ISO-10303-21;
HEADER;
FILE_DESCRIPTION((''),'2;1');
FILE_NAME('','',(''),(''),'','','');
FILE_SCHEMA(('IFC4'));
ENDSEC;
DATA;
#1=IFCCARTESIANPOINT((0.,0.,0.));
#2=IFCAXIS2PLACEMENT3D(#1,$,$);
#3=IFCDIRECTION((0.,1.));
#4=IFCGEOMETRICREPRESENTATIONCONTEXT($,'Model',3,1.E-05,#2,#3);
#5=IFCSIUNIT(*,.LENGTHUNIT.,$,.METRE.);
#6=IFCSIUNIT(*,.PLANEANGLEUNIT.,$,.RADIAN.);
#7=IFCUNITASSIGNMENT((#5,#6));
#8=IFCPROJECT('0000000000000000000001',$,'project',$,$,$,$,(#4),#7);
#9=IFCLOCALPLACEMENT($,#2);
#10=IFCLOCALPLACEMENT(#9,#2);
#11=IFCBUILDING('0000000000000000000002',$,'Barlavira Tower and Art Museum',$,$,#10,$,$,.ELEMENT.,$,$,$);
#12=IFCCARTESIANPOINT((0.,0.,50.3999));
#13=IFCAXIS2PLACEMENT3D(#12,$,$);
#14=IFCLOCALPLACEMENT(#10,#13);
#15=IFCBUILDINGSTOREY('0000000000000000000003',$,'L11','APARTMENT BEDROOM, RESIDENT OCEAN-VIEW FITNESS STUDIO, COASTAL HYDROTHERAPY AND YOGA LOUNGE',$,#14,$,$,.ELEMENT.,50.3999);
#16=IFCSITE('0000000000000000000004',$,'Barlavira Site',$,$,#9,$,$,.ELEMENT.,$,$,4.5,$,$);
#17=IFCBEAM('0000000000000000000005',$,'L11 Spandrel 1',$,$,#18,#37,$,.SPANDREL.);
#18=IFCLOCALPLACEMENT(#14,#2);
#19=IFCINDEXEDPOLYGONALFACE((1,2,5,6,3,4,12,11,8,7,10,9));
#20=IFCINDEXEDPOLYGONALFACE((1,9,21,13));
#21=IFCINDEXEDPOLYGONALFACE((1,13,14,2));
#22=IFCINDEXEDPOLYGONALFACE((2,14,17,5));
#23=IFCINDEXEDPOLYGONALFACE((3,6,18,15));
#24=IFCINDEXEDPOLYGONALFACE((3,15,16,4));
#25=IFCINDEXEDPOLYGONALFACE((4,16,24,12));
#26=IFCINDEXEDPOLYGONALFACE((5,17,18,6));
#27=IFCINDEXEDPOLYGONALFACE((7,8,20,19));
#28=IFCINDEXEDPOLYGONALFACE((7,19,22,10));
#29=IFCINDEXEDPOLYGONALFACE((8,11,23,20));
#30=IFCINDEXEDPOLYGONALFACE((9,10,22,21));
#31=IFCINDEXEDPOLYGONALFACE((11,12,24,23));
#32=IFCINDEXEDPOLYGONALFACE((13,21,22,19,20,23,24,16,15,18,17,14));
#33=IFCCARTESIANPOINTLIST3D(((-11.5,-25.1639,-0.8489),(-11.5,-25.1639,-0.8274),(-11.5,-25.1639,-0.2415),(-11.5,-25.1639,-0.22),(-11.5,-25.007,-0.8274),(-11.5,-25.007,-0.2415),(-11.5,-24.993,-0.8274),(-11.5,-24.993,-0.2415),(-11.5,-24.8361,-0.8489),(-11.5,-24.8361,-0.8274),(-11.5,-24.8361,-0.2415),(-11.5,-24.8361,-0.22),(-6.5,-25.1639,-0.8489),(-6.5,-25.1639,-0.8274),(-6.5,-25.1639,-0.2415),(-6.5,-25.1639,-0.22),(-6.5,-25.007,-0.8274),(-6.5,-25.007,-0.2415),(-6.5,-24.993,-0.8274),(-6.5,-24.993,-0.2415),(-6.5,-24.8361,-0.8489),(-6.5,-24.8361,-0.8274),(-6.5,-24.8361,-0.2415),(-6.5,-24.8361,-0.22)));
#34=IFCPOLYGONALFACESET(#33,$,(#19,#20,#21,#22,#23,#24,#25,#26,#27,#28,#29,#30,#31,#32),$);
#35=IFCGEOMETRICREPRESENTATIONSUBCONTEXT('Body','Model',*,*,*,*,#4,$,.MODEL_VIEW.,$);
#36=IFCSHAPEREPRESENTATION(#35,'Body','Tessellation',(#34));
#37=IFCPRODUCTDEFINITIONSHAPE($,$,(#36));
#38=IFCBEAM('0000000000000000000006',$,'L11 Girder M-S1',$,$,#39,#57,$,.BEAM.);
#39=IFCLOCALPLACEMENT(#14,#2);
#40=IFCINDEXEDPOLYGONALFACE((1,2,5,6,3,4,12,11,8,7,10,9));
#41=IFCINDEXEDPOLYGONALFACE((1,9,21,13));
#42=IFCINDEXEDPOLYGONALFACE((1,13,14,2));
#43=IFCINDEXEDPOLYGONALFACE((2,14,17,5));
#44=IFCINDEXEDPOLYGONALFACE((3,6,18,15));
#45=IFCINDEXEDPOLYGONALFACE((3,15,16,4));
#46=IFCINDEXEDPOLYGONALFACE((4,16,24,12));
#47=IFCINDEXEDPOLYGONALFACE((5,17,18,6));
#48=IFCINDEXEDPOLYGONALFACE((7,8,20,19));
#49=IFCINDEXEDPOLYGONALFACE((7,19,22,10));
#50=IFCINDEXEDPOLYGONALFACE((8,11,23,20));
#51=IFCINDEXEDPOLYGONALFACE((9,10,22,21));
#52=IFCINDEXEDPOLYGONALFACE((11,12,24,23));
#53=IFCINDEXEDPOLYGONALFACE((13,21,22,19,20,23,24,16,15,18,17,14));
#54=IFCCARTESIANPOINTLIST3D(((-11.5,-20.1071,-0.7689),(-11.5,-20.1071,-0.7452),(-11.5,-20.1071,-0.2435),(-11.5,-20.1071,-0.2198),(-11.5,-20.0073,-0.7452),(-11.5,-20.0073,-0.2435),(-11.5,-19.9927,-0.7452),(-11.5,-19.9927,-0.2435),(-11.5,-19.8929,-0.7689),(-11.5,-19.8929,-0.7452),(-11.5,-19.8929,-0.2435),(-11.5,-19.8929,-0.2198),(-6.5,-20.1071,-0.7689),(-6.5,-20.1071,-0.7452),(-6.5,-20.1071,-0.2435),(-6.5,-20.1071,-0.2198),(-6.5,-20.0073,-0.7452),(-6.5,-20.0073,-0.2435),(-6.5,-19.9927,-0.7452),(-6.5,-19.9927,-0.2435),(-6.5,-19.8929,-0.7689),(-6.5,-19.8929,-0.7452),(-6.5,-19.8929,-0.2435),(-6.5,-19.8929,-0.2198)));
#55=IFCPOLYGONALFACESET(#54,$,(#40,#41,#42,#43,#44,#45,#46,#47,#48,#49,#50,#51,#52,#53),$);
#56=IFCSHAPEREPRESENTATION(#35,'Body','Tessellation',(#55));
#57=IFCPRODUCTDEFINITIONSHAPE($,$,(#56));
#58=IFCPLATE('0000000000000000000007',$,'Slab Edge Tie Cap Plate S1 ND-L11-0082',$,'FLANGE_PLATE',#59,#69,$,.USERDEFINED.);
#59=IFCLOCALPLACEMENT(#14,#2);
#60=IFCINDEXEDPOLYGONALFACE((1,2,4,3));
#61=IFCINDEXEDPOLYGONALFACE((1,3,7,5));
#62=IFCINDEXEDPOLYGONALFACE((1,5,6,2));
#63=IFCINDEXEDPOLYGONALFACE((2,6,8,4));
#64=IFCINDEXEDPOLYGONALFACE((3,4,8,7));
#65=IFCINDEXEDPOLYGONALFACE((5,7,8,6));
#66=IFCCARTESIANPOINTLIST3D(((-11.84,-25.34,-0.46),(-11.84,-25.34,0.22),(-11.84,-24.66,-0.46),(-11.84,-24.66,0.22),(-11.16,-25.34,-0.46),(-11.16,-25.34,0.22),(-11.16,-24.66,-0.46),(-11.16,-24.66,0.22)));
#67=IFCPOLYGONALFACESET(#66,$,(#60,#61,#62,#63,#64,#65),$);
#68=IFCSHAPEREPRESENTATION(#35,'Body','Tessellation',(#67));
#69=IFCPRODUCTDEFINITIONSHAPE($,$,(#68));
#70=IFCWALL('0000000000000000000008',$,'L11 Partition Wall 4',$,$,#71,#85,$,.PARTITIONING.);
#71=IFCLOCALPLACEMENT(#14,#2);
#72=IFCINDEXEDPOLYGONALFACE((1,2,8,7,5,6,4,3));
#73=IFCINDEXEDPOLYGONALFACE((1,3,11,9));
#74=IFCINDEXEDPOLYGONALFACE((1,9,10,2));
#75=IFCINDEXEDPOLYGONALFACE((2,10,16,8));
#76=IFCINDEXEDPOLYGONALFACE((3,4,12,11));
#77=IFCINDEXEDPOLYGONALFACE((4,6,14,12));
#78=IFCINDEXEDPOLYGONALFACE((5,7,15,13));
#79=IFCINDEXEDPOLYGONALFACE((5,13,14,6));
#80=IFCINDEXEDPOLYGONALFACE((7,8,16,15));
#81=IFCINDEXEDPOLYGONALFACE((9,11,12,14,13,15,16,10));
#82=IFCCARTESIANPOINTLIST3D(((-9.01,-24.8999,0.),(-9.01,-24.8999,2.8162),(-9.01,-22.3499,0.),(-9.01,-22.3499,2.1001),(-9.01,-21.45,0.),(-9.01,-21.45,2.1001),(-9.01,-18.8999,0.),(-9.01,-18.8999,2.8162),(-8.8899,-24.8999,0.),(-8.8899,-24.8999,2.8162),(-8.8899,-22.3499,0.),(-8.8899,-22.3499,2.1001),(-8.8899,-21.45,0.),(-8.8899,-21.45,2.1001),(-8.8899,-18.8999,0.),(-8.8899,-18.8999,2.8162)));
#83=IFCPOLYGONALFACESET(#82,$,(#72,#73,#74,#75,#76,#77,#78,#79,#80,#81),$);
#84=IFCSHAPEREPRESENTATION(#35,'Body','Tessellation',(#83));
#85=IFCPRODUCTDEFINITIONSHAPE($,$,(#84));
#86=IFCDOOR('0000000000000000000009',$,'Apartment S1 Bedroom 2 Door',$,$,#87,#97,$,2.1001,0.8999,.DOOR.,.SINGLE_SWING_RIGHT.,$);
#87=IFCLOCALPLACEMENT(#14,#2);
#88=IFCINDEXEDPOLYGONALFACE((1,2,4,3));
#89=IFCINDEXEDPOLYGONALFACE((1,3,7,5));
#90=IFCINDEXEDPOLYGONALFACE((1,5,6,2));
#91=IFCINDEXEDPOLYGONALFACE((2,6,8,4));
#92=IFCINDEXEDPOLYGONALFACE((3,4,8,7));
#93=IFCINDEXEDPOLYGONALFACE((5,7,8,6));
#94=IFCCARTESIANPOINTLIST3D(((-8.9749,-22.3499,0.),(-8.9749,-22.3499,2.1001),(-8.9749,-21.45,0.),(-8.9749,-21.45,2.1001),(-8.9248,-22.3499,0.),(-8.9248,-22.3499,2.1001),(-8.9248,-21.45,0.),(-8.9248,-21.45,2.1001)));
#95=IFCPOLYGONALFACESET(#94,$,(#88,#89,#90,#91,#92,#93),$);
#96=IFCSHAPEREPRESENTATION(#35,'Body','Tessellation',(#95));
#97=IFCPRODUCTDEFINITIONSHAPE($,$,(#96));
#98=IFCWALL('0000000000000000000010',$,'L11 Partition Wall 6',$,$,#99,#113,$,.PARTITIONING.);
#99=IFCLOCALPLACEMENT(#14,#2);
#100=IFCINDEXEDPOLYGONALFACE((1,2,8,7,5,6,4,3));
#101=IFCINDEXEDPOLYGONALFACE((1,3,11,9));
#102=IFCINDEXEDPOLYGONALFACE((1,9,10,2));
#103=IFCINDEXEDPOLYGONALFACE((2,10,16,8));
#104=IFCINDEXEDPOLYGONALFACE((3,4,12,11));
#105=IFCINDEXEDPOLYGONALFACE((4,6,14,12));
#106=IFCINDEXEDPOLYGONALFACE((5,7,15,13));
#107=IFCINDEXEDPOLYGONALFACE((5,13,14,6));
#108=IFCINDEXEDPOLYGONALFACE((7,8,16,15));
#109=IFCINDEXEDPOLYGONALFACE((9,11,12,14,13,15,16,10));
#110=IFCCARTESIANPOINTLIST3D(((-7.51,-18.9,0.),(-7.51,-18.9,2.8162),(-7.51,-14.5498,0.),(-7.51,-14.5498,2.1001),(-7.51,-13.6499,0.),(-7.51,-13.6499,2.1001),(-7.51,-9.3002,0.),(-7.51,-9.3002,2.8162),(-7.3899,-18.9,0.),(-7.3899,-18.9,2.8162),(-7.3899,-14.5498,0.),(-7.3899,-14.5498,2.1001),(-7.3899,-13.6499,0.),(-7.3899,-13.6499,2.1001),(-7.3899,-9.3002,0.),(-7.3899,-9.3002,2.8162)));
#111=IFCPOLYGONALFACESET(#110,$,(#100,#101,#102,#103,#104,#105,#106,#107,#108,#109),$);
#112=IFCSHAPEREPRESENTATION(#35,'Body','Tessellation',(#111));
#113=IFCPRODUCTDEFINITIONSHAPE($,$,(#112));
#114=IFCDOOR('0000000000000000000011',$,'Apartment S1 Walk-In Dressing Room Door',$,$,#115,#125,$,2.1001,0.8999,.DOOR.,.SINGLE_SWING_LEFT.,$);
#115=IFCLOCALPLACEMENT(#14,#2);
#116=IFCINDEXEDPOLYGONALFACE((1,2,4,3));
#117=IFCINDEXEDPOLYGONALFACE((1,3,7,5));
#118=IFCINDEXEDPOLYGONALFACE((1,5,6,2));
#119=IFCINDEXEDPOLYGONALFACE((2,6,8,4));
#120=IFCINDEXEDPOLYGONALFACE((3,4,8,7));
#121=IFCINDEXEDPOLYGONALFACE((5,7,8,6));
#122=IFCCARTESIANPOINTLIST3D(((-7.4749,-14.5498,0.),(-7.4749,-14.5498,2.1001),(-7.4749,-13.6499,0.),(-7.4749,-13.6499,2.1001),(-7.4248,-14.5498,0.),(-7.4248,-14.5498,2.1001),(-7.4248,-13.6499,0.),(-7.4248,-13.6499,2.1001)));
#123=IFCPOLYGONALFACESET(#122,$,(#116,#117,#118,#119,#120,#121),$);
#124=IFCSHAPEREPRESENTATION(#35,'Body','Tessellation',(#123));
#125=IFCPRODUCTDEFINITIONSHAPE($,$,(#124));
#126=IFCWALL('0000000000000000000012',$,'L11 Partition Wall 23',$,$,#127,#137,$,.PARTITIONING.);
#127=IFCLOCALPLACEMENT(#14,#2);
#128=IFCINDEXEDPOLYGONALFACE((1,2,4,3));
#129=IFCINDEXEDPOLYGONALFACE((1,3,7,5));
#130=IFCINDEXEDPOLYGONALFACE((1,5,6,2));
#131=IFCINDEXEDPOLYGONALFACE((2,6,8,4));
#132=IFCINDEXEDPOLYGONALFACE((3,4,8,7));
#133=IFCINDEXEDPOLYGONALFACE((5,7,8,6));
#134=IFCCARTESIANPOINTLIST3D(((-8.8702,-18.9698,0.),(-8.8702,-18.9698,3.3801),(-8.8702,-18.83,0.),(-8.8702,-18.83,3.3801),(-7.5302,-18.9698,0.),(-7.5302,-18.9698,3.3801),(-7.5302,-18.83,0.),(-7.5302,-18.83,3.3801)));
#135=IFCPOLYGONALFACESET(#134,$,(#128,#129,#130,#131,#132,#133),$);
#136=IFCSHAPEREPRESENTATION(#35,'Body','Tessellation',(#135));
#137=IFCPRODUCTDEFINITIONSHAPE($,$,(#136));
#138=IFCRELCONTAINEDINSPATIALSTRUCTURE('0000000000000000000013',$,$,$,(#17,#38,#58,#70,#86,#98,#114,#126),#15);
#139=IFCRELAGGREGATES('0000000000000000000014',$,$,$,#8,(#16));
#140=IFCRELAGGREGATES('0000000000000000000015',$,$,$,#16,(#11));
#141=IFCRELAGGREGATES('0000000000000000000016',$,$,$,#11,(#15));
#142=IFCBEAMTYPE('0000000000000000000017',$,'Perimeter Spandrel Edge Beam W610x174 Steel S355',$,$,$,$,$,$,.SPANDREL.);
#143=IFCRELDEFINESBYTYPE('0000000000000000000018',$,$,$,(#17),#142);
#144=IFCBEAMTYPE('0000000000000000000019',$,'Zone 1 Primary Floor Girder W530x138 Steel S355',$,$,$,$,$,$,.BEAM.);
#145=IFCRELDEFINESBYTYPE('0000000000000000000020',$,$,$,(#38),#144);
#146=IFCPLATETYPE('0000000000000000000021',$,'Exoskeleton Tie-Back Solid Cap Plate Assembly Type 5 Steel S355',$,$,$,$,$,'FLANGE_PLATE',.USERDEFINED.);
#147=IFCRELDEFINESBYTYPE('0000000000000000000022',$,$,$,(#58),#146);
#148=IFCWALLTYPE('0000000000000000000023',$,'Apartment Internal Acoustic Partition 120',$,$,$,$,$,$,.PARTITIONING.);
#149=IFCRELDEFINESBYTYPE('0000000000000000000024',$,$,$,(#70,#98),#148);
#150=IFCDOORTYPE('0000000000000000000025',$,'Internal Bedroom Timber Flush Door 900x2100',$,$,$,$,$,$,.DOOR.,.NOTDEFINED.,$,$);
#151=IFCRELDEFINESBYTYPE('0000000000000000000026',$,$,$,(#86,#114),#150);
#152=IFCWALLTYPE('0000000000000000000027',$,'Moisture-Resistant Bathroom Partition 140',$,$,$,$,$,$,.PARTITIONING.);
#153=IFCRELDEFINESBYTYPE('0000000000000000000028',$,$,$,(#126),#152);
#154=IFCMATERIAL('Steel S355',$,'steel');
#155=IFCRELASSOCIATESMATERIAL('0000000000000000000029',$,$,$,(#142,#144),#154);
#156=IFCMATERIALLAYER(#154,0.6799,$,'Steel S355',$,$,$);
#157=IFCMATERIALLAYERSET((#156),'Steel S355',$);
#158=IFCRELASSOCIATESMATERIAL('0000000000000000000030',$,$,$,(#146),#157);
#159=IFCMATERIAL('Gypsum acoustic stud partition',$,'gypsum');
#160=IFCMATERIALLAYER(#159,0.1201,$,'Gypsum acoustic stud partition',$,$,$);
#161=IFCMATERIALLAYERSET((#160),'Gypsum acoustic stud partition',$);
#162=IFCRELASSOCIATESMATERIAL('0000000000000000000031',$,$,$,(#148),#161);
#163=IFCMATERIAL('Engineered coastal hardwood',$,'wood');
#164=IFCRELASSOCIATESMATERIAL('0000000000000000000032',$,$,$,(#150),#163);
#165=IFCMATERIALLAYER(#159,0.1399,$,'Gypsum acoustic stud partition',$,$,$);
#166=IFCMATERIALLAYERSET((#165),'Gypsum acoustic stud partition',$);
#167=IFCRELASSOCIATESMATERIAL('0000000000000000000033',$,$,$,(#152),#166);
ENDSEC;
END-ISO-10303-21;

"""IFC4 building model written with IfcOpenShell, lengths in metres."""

from ifc_helpers import new_model, si_unit, direction, frame, frame_2d, origin, origin_2d, place, context, subcontext, project, spatial, rectangle, i_section, extrude, material, layer, layer_set, material_profile, profile_set, type_object, element, fill, save


model = new_model("IFC4")

# Units and contexts
model_context = context("Model", 3, precision=1e-05, world=origin(), true_north=direction((0.0, 1.0)))
body_context = subcontext(model_context, "Body", "Model", "MODEL_VIEW")
ifc_project = project(units=[si_unit("LENGTHUNIT", "METRE"), si_unit("PLANEANGLEUNIT", "RADIAN")], contexts=[model_context])

# Site, building, storey
site_placement = place(None, origin())
site = spatial("IfcSite", under=ifc_project, at=site_placement, Name="Barlavira Site", CompositionType="ELEMENT", RefElevation=4.5)
building_placement = place(site_placement, origin())
building = spatial("IfcBuilding", under=site, at=building_placement, Name="Barlavira Tower and Art Museum", CompositionType="ELEMENT")
storey_placement = place(building_placement, frame((0.0, 0.0, 50.3999)))
storey = spatial("IfcBuildingStorey", under=building, at=storey_placement, Name="L11", Description="APARTMENT BEDROOM, RESIDENT OCEAN-VIEW FITNESS STUDIO, COASTAL HYDROTHERAPY AND YOGA LOUNGE", CompositionType="ELEMENT", Elevation=50.3999)

# Shared definitions
ifc_material_1 = material(Name="Steel S355", Category="steel")

# Beams
ifc_material_profile_1 = material_profile(ifc_material_1, i_section(OverallWidth=0.3279, OverallDepth=0.6289, WebThickness=0.0139, FlangeThickness=0.0215, at=origin_2d()), Name="W610x174.0")
ifc_profile_set_1 = profile_set([ifc_material_profile_1], Name="Steel S355")
beam_type_1 = type_object("IfcBeamType", Name="Perimeter Spandrel Edge Beam W610x174 Steel S355", PredefinedType="SPANDREL", material=ifc_profile_set_1)
beam_1_placement = place(storey_placement, frame((-11.5, -25.0, -0.5344), z_axis=(1.0, 0.0, 0.0), x_axis=(0.0, 1.0, 0.0)))
element("IfcBeam", 1, at=beam_1_placement, inside=storey, type_object=beam_type_1, Name="L11 Spandrel 1", PredefinedType="SPANDREL", context=body_context, shape_type="SweptSolid", body=[
    extrude(i_section(OverallWidth=0.3279, OverallDepth=0.6289, WebThickness=0.0139, FlangeThickness=0.0215, at=origin_2d()), origin(), (0.0, 0.0, 1.0), 5.0),
])
ifc_material_profile_2 = material_profile(ifc_material_1, i_section(OverallWidth=0.2141, OverallDepth=0.5491, WebThickness=0.0146, FlangeThickness=0.0237, at=origin_2d()), Name="W530x138.0")
ifc_profile_set_2 = profile_set([ifc_material_profile_2], Name="Steel S355")
beam_type_2 = type_object("IfcBeamType", Name="Zone 1 Primary Floor Girder W530x138 Steel S355", PredefinedType="BEAM", material=ifc_profile_set_2)
beam_2_placement = place(storey_placement, frame((-11.5, -20.0, -0.4944), z_axis=(1.0, 0.0, 0.0), x_axis=(0.0, 1.0, 0.0)))
element("IfcBeam", 2, at=beam_2_placement, inside=storey, type_object=beam_type_2, Name="L11 Girder M-S1", PredefinedType="BEAM", context=body_context, shape_type="SweptSolid", body=[
    extrude(i_section(OverallWidth=0.2141, OverallDepth=0.5491, WebThickness=0.0146, FlangeThickness=0.0237, at=origin_2d()), origin(), (0.0, 0.0, 1.0), 5.0),
])

# Plate
ifc_layer_1 = layer(ifc_material_1, 0.6799, Name="Steel S355")
ifc_layer_set_1 = layer_set([ifc_layer_1], Name="Steel S355")
plate_type = type_object("IfcPlateType", Name="Exoskeleton Tie-Back Solid Cap Plate Assembly Type 5 Steel S355", ElementType="FLANGE_PLATE", PredefinedType="USERDEFINED", material=ifc_layer_set_1)
plate_placement = place(storey_placement, frame((-11.5, -25.0, -0.46), z_axis=(0.0, 0.0, 1.0), x_axis=(1.0, 0.0, 0.0)))
element("IfcPlate", 3, at=plate_placement, inside=storey, type_object=plate_type, Name="Slab Edge Tie Cap Plate S1 ND-L11-0082", ObjectType="FLANGE_PLATE", PredefinedType="USERDEFINED", context=body_context, shape_type="SweptSolid", body=[
    extrude(rectangle(XDim=0.6799, YDim=0.6799, at=origin_2d()), origin(), (0.0, 0.0, 1.0), 0.6799),
])

# Walls, openings, doors
ifc_material_2 = material(Name="Gypsum acoustic stud partition", Category="gypsum")
ifc_layer_2 = layer(ifc_material_2, 0.1201, Name="Gypsum acoustic stud partition")
ifc_layer_set_2 = layer_set([ifc_layer_2], Name="Gypsum acoustic stud partition")
wall_type_1 = type_object("IfcWallType", Name="Apartment Internal Acoustic Partition 120", PredefinedType="PARTITIONING", material=ifc_layer_set_2)
wall_1_placement = place(storey_placement, frame((-8.95, -24.8999, 0.0), z_axis=(0.0, 0.0, 1.0), x_axis=(0.0, 1.0, 0.0)))
wall_1 = element("IfcWall", 4, at=wall_1_placement, inside=storey, type_object=wall_type_1, Name="L11 Partition Wall 4", PredefinedType="PARTITIONING", context=body_context, shape_type="SweptSolid", body=[
    extrude(rectangle(XDim=6.0, YDim=0.1201, at=frame_2d((3.0, 0.0))), origin(), (0.0, 0.0, 1.0), 2.8162),
])
opening_1_placement = place(wall_1_placement, frame((2.55, 0.0, 0.0)))
opening_1 = element("IfcOpeningElement", 5, at=opening_1_placement, cuts=wall_1, PredefinedType="OPENING", context=body_context, shape_type="SweptSolid", body=[
    extrude(rectangle(XDim=0.8999, YDim=2.1001, at=frame_2d((0.45, 1.05))), frame((0.0, 0.0701, 0.0), z_axis=(0.0, -1.0, 0.0), x_axis=(1.0, 0.0, 0.0)), (0.0, 0.0, 1.0), 0.1401),
])
ifc_material_3 = material(Name="Engineered coastal hardwood", Category="wood")
door_type = type_object("IfcDoorType", Name="Internal Bedroom Timber Flush Door 900x2100", OperationType="NOTDEFINED", PredefinedType="DOOR", material=ifc_material_3)
door_1_placement = place(opening_1_placement, origin())
door_1 = element("IfcDoor", 6, at=door_1_placement, inside=storey, type_object=door_type, Name="Apartment S1 Bedroom 2 Door", OperationType="SINGLE_SWING_RIGHT", OverallHeight=2.1001, OverallWidth=0.8999, PredefinedType="DOOR", context=body_context, shape_type="SweptSolid", body=[
    extrude(rectangle(XDim=0.8999, YDim=2.1001, at=frame_2d((0.45, 1.05))), frame((0.0, 0.0249, 0.0), z_axis=(0.0, -1.0, 0.0), x_axis=(1.0, 0.0, 0.0)), (0.0, 0.0, 1.0), 0.05),
])
fill(opening_1, door_1)
wall_2_placement = place(storey_placement, frame((-7.45, -18.8999, 0.0), z_axis=(0.0, 0.0, 1.0), x_axis=(0.0, 1.0, 0.0)))
wall_2 = element("IfcWall", 7, at=wall_2_placement, inside=storey, type_object=wall_type_1, Name="L11 Partition Wall 6", PredefinedType="PARTITIONING", context=body_context, shape_type="SweptSolid", body=[
    extrude(rectangle(XDim=9.5999, YDim=0.1201, at=frame_2d((4.7998, 0.0))), origin(), (0.0, 0.0, 1.0), 2.8162),
])
opening_2_placement = place(wall_2_placement, frame((4.3501, 0.0, 0.0)))
opening_2 = element("IfcOpeningElement", 8, at=opening_2_placement, cuts=wall_2, PredefinedType="OPENING", context=body_context, shape_type="SweptSolid", body=[
    extrude(rectangle(XDim=0.8999, YDim=2.1001, at=frame_2d((0.45, 1.05))), frame((0.0, 0.0701, 0.0), z_axis=(0.0, -1.0, 0.0), x_axis=(1.0, 0.0, 0.0)), (0.0, 0.0, 1.0), 0.1401),
])
door_2_placement = place(opening_2_placement, origin())
door_2 = element("IfcDoor", 9, at=door_2_placement, inside=storey, type_object=door_type, Name="Apartment S1 Walk-In Dressing Room Door", OperationType="SINGLE_SWING_LEFT", OverallHeight=2.1001, OverallWidth=0.8999, PredefinedType="DOOR", context=body_context, shape_type="SweptSolid", body=[
    extrude(rectangle(XDim=0.8999, YDim=2.1001, at=frame_2d((0.45, 1.05))), frame((0.0, 0.0249, 0.0), z_axis=(0.0, -1.0, 0.0), x_axis=(1.0, 0.0, 0.0)), (0.0, 0.0, 1.0), 0.05),
])
fill(opening_2, door_2)

# Wall
ifc_layer_3 = layer(ifc_material_2, 0.1399, Name="Gypsum acoustic stud partition")
ifc_layer_set_3 = layer_set([ifc_layer_3], Name="Gypsum acoustic stud partition")
wall_type_2 = type_object("IfcWallType", Name="Moisture-Resistant Bathroom Partition 140", PredefinedType="PARTITIONING", material=ifc_layer_set_3)
wall_3_placement = place(storey_placement, frame((-8.8701, -18.8999, 0.0), z_axis=(0.0, 0.0, 1.0), x_axis=(1.0, 0.0, 0.0)))
element("IfcWall", 10, at=wall_3_placement, inside=storey, type_object=wall_type_2, Name="L11 Partition Wall 23", PredefinedType="PARTITIONING", context=body_context, shape_type="SweptSolid", body=[
    extrude(rectangle(XDim=1.3401, YDim=0.1399, at=frame_2d((0.6699, 0.0))), origin(), (0.0, 0.0, 1.0), 3.3801),
])

save(model, "model.ifc")
